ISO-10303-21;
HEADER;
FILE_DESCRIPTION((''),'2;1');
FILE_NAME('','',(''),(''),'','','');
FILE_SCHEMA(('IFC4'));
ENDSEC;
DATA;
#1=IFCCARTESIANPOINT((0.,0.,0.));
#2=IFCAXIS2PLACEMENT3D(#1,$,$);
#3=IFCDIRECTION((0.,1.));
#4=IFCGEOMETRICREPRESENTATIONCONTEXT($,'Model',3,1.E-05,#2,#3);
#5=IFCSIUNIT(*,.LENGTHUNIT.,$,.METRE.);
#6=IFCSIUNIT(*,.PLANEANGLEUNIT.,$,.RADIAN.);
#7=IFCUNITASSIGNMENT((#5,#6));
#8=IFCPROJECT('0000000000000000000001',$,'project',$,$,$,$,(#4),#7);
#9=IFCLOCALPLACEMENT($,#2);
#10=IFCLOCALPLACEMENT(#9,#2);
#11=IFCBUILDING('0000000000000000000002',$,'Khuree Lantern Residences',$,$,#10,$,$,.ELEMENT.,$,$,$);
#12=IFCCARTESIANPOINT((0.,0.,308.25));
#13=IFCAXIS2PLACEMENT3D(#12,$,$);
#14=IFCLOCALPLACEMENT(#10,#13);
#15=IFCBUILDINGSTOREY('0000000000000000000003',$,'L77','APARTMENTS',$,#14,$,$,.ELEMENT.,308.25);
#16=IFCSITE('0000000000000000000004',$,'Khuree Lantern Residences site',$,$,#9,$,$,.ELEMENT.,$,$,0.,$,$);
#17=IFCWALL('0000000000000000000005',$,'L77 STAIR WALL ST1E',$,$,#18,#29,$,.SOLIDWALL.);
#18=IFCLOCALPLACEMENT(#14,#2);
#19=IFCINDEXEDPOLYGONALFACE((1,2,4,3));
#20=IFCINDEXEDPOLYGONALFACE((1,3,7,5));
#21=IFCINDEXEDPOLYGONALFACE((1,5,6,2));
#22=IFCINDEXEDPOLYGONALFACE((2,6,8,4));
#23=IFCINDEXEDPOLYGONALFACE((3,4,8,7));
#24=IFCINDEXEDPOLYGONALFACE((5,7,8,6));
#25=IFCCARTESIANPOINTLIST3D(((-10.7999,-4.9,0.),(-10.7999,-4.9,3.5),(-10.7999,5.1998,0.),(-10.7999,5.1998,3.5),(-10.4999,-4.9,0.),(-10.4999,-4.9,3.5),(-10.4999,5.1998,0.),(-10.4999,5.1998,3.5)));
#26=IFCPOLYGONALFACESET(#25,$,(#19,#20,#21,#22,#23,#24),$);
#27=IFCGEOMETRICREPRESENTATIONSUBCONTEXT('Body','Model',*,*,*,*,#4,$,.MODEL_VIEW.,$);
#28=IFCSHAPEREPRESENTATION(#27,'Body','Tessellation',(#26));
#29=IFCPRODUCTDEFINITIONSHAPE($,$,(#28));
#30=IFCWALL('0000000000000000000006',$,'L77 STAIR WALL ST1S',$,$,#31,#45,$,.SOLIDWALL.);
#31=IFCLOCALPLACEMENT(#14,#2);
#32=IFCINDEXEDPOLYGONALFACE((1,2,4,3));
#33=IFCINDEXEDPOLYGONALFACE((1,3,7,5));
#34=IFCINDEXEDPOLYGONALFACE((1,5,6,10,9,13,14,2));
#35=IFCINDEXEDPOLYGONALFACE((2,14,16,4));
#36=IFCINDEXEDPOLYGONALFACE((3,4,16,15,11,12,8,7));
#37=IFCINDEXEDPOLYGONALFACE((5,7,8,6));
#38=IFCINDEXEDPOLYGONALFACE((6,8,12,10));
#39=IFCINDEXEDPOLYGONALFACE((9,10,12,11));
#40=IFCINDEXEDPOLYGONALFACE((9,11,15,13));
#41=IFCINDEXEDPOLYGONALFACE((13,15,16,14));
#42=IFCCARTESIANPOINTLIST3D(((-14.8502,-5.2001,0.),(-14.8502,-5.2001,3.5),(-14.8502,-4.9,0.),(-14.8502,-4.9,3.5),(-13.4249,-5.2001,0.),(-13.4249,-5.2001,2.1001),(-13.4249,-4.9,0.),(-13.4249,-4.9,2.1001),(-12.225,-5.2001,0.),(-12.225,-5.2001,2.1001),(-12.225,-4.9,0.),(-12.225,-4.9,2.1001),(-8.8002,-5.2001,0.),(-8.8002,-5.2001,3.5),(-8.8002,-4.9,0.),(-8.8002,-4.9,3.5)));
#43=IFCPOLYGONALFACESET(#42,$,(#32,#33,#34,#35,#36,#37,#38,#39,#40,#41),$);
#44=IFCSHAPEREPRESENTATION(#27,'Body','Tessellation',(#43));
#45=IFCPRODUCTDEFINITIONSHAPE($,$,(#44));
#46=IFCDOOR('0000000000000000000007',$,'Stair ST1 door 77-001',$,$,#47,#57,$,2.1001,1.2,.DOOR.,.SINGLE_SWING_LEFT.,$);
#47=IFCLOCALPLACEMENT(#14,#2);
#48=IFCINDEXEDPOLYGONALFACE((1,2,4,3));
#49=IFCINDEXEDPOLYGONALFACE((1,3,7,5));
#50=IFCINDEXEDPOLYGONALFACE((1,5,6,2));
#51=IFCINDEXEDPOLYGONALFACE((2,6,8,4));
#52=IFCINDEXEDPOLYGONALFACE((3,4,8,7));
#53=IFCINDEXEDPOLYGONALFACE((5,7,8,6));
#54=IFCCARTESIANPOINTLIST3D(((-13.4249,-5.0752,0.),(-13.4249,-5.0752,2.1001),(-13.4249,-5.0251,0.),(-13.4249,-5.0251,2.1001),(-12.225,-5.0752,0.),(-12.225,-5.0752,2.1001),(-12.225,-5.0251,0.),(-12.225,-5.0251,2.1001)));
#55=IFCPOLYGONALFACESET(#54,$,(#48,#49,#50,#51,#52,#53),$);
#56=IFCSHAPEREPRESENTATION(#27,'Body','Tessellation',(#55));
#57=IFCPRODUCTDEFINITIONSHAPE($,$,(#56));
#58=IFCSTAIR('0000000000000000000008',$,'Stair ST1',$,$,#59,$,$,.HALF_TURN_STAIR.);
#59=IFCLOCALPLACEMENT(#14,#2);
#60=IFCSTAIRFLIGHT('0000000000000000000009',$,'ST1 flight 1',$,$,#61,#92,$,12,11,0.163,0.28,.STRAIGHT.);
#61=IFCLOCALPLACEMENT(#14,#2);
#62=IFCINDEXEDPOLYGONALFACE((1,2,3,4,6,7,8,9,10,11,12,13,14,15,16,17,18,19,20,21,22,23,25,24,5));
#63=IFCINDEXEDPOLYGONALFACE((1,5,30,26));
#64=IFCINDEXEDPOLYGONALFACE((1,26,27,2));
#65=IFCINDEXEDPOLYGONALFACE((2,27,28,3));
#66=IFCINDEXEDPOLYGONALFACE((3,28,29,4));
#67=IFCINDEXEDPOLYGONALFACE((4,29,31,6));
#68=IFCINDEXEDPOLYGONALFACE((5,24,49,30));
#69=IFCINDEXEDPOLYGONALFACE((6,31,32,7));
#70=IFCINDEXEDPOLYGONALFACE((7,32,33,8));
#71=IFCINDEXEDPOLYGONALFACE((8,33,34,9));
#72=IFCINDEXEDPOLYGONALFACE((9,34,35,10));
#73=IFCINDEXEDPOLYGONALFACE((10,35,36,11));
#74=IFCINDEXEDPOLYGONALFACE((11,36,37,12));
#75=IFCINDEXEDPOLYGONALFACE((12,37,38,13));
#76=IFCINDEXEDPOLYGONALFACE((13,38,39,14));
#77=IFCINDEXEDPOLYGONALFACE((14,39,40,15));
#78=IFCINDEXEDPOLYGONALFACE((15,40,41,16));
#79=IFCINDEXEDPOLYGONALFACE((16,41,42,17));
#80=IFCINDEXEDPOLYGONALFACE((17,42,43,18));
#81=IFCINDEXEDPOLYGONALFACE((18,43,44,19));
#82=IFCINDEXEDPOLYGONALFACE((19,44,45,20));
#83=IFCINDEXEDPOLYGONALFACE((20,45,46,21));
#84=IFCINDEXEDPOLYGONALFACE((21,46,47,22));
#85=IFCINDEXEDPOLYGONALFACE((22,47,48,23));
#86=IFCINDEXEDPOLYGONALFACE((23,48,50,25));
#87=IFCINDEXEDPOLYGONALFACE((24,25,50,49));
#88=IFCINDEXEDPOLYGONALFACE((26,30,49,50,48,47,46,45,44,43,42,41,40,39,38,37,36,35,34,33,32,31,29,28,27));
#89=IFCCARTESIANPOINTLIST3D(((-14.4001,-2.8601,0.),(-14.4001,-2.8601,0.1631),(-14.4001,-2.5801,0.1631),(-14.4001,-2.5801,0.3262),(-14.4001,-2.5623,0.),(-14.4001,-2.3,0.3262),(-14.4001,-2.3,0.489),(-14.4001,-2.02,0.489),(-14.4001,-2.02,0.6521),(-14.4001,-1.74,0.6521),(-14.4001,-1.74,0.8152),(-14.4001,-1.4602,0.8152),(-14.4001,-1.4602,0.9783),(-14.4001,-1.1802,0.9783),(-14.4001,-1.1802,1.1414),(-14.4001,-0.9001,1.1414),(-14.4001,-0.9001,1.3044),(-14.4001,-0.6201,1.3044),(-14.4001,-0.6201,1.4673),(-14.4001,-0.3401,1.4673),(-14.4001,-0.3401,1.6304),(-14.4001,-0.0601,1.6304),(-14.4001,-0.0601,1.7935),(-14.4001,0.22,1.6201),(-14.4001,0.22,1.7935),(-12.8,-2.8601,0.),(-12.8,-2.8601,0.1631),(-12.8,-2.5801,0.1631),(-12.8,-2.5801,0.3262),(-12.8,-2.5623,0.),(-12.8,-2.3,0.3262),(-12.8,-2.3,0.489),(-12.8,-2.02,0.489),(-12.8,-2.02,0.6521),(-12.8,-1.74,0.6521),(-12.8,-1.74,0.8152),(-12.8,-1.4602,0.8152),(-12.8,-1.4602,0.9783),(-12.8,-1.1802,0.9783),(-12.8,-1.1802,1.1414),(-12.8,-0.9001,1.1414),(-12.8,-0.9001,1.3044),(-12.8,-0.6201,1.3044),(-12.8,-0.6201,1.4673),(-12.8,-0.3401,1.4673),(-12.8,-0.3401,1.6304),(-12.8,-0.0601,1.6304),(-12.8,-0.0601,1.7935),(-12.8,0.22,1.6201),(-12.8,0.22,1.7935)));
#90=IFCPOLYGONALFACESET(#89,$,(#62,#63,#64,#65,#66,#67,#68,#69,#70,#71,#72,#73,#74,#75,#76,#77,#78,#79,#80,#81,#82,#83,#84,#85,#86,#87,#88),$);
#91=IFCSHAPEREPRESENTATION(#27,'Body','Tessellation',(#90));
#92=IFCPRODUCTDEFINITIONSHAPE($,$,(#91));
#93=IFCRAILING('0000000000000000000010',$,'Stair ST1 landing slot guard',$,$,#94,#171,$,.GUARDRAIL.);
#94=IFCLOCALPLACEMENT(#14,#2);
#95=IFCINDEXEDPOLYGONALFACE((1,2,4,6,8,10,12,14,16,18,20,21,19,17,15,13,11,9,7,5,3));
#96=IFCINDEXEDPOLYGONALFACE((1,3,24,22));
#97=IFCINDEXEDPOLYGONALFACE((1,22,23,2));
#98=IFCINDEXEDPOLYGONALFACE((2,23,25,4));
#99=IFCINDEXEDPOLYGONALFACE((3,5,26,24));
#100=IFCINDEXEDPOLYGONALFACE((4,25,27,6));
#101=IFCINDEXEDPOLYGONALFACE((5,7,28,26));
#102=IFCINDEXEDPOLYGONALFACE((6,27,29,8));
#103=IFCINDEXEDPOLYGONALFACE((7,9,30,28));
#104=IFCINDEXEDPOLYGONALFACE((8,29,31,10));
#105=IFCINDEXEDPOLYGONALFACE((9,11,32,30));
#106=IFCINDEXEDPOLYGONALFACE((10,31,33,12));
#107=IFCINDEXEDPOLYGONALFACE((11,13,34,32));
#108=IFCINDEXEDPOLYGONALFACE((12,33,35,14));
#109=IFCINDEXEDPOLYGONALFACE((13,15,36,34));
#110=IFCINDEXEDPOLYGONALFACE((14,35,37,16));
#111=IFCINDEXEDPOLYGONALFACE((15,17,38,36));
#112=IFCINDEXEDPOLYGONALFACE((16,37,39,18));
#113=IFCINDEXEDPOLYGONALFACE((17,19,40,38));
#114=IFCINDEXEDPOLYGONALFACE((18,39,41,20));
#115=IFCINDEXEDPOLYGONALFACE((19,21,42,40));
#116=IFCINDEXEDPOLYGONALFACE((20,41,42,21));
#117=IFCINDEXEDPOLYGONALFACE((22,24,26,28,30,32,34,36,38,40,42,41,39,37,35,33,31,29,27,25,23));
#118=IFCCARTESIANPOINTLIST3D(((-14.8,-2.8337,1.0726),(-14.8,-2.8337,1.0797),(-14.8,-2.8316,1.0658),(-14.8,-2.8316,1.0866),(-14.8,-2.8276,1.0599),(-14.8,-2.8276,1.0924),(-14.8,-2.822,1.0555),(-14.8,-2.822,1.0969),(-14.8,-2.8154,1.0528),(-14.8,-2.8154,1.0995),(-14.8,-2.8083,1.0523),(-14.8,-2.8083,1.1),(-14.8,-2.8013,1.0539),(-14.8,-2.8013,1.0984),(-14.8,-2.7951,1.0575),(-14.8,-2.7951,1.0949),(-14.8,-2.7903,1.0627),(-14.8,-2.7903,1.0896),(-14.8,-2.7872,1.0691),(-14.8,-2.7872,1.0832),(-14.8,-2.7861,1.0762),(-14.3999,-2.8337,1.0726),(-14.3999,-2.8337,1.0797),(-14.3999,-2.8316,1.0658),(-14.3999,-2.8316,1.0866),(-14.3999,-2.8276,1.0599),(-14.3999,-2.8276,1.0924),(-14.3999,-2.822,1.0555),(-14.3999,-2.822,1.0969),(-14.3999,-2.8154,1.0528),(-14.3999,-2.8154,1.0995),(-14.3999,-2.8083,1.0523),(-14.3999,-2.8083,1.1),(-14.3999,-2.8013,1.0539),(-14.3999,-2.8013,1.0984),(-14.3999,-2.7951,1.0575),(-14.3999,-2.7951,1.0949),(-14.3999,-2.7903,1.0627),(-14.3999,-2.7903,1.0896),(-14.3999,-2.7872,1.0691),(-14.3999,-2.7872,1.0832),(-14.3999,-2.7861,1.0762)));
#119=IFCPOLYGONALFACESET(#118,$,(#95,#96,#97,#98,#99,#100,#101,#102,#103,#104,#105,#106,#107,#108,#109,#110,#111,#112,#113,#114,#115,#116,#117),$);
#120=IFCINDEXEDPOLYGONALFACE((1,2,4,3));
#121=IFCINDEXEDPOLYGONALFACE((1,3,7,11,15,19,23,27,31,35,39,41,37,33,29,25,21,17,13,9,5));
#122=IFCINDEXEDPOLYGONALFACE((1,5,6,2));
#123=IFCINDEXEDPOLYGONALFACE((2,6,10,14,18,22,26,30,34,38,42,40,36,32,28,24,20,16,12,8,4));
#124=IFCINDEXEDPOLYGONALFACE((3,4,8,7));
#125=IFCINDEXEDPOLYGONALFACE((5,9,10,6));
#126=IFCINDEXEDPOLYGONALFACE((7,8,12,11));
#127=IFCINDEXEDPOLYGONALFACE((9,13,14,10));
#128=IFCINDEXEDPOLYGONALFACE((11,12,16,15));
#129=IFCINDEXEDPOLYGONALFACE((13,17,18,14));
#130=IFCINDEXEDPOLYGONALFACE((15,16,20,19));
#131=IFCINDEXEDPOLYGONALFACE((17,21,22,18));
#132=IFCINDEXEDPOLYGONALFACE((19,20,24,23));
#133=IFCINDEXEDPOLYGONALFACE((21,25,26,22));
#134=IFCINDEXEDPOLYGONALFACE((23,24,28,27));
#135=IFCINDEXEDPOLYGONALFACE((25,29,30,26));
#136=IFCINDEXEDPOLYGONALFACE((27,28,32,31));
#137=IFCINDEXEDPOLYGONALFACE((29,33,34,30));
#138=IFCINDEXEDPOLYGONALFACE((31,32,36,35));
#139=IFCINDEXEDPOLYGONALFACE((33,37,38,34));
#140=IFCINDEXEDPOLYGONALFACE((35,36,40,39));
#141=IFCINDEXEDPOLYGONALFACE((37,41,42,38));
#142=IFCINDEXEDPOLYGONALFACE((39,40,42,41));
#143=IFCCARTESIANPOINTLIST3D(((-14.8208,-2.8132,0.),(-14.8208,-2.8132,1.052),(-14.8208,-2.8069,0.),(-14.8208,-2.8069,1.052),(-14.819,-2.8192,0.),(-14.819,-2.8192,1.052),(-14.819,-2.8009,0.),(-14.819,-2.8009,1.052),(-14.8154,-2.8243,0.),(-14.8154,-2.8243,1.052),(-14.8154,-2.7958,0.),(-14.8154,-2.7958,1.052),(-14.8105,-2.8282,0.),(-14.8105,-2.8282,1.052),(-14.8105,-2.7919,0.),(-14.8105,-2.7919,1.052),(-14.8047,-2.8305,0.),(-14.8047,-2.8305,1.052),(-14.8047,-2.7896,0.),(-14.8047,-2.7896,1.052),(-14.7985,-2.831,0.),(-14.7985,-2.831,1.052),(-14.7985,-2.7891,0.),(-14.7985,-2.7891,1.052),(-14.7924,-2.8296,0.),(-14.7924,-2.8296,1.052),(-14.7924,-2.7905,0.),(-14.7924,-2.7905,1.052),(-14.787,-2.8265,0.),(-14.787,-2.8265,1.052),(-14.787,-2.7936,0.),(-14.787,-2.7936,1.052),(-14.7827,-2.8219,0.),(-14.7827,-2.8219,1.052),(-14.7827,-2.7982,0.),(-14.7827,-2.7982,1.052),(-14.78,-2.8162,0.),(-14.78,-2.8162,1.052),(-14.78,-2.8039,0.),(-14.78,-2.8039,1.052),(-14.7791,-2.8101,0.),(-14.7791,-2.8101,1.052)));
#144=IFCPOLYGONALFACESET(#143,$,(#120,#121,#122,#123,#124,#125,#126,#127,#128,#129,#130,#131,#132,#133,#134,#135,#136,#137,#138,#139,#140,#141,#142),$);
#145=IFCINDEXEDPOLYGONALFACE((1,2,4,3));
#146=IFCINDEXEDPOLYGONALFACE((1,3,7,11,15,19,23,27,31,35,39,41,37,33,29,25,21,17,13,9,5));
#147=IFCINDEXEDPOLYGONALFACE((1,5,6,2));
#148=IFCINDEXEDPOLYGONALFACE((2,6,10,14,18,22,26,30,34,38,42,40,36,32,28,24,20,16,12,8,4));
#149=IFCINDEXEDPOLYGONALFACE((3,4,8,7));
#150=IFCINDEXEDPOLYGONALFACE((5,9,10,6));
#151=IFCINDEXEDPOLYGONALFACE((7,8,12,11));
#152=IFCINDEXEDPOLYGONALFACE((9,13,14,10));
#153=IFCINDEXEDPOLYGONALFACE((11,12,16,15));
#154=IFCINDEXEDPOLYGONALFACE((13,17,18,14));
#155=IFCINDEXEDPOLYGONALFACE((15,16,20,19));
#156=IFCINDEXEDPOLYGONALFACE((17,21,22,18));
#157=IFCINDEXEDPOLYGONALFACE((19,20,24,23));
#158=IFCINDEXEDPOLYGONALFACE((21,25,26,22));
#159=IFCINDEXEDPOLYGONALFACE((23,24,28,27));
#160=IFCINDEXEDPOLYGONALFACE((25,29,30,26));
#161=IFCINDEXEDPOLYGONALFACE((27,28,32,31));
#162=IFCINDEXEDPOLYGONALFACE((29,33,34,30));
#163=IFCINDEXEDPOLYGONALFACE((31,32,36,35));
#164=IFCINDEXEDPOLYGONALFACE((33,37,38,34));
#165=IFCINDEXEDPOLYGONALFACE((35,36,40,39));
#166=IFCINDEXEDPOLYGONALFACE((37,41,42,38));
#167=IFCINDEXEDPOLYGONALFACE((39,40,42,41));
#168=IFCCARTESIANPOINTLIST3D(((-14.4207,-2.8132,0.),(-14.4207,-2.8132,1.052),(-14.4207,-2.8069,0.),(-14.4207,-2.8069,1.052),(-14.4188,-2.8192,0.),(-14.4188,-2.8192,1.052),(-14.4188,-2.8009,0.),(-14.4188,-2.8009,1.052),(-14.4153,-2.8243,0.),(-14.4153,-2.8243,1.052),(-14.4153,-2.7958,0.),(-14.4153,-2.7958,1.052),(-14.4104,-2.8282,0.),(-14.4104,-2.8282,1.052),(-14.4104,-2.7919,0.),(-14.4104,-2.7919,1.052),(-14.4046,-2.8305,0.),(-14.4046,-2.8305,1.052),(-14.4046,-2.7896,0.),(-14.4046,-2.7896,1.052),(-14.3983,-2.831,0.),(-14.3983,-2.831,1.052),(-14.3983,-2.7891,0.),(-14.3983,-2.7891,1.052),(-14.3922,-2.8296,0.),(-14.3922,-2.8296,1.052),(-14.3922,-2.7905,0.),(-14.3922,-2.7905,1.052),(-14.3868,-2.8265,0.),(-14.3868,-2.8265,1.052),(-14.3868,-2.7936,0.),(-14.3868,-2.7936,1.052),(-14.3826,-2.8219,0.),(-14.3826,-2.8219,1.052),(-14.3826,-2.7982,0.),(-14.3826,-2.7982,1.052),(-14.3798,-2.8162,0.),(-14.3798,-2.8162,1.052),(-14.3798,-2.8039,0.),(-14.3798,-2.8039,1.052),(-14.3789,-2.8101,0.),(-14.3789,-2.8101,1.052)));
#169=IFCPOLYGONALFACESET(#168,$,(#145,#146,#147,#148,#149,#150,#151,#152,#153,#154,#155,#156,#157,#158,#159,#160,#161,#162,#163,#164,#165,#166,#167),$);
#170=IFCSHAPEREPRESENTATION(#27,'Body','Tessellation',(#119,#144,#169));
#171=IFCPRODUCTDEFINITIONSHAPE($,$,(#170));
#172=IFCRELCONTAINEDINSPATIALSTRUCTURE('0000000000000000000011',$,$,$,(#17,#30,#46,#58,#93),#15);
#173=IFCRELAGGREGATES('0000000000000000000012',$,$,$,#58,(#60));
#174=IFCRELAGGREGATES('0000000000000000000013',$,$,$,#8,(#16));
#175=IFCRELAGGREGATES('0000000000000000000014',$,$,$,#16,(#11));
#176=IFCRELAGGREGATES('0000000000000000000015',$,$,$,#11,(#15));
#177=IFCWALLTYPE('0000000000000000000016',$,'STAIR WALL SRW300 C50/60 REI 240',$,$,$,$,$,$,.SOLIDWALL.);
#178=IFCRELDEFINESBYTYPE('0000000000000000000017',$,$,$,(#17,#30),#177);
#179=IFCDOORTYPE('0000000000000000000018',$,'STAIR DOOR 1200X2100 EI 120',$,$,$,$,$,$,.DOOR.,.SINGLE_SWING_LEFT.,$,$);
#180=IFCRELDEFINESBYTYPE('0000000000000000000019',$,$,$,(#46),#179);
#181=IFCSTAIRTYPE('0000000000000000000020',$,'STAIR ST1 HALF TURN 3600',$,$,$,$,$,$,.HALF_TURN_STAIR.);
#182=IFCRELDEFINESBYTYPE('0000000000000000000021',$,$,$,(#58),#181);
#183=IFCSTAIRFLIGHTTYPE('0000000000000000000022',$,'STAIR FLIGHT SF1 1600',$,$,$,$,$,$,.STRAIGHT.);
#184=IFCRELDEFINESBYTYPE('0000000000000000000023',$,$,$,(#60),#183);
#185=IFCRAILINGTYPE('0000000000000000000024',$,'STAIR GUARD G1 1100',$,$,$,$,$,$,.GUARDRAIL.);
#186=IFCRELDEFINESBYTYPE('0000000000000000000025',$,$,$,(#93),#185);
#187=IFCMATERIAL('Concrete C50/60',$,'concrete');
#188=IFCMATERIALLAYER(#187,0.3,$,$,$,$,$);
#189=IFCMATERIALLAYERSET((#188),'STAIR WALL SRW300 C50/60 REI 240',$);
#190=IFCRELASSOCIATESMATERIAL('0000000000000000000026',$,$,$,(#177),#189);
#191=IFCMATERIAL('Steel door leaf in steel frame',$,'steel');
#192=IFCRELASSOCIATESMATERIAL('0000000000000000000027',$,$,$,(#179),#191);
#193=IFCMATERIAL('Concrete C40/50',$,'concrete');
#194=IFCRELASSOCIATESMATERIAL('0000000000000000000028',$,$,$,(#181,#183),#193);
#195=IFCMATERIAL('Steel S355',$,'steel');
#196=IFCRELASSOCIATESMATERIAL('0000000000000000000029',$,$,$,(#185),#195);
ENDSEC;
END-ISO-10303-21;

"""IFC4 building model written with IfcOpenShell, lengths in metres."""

from ifc_helpers import new_model, si_unit, direction, frame, frame_2d, origin, origin_2d, place, context, subcontext, project, spatial, polyline, rectangle, circle, outline, extrude, material, layer, layer_set, type_object, element, fill, aggregate, save


model = new_model("IFC4")

# Units and contexts
model_context = context("Model", 3, precision=1e-05, world=origin(), true_north=direction((0.0, 1.0)))
body_context = subcontext(model_context, "Body", "Model", "MODEL_VIEW")
ifc_project = project(units=[si_unit("LENGTHUNIT", "METRE"), si_unit("PLANEANGLEUNIT", "RADIAN")], contexts=[model_context])

# Site, building, storey
site_placement = place(None, origin())
site = spatial("IfcSite", under=ifc_project, at=site_placement, Name="Khuree Lantern Residences site", CompositionType="ELEMENT", RefElevation=0.0)
building_placement = place(site_placement, origin())
building = spatial("IfcBuilding", under=site, at=building_placement, Name="Khuree Lantern Residences", CompositionType="ELEMENT")
storey_placement = place(building_placement, frame((0.0, 0.0, 308.25)))
storey = spatial("IfcBuildingStorey", under=building, at=storey_placement, Name="L77", Description="APARTMENTS", CompositionType="ELEMENT", Elevation=308.25)

# Shared definitions
ifc_material_1 = material(Name="Steel door leaf in steel frame", Category="steel")

# Wall
ifc_material_2 = material(Name="Concrete C50/60", Category="concrete")
ifc_layer_1 = layer(ifc_material_2, 0.3)
ifc_layer_set_1 = layer_set([ifc_layer_1], Name="STAIR WALL SRW300 C50/60 REI 240")
wall_type_1 = type_object("IfcWallType", Name="STAIR WALL SRW300 C50/60 REI 240", PredefinedType="SOLIDWALL", material=ifc_layer_set_1)
wall_1_placement = place(storey_placement, frame((-10.6499, -4.8999, 0.0), z_axis=(0.0, 0.0, 1.0), x_axis=(0.0, 1.0, 0.0)))
element("IfcWall", 1, at=wall_1_placement, inside=storey, type_object=wall_type_1, Name="L77 STAIR WALL ST1E", PredefinedType="SOLIDWALL", context=body_context, shape_type="SweptSolid", body=[
    extrude(rectangle(XDim=10.0999, YDim=0.3, at=frame_2d((5.0498, 0.0))), origin(), (0.0, 0.0, 1.0), 3.5),
])

# Wall, opening, door
wall_2_placement = place(storey_placement, frame((-14.8501, -5.05, 0.0), z_axis=(0.0, 0.0, 1.0), x_axis=(1.0, 0.0, 0.0)))
wall_2 = element("IfcWall", 2, at=wall_2_placement, inside=storey, type_object=wall_type_1, Name="L77 STAIR WALL ST1S", PredefinedType="SOLIDWALL", context=body_context, shape_type="SweptSolid", body=[
    extrude(rectangle(XDim=6.05, YDim=0.3, at=frame_2d((3.0249, 0.0))), origin(), (0.0, 0.0, 1.0), 3.5),
])
opening_1_placement = place(wall_2_placement, frame((1.425, 0.0, 0.0)))
opening_1 = element("IfcOpeningElement", 3, at=opening_1_placement, cuts=wall_2, PredefinedType="OPENING", context=body_context, shape_type="SweptSolid", body=[
    extrude(rectangle(XDim=1.2, YDim=2.1001, at=frame_2d((0.6001, 1.05))), frame((0.0, 0.1602, 0.0), z_axis=(0.0, -1.0, 0.0), x_axis=(1.0, 0.0, 0.0)), (0.0, 0.0, 1.0), 0.3201),
])
door_type_1 = type_object("IfcDoorType", Name="STAIR DOOR 1200X2100 EI 120", OperationType="SINGLE_SWING_LEFT", PredefinedType="DOOR", material=ifc_material_1)
door_1_placement = place(opening_1_placement, origin())
door_1 = element("IfcDoor", 4, at=door_1_placement, inside=storey, type_object=door_type_1, Name="Stair ST1 door 77-001", OperationType="SINGLE_SWING_LEFT", OverallHeight=2.1001, OverallWidth=1.2, PredefinedType="DOOR", context=body_context, shape_type="SweptSolid", body=[
    extrude(rectangle(XDim=1.2, YDim=2.1001, at=frame_2d((0.6001, 1.05))), frame((0.0, 0.0249, 0.0), z_axis=(0.0, -1.0, 0.0), x_axis=(1.0, 0.0, 0.0)), (0.0, 0.0, 1.0), 0.05),
])
fill(opening_1, door_1)

# Stair, stair flight
ifc_material_3 = material(Name="Concrete C40/50", Category="concrete")
stair_type = type_object("IfcStairType", Name="STAIR ST1 HALF TURN 3600", PredefinedType="HALF_TURN_STAIR", material=ifc_material_3)
stair_placement = place(storey_placement, origin())
stair = element("IfcStair", 5, at=stair_placement, inside=storey, type_object=stair_type, Name="Stair ST1", PredefinedType="HALF_TURN_STAIR")
stair_flight_type = type_object("IfcStairFlightType", Name="STAIR FLIGHT SF1 1600", PredefinedType="STRAIGHT", material=ifc_material_3)
stair_flight_placement = place(storey_placement, frame((-13.6001, -2.8601, 0.0), z_axis=(0.0, 0.0, 1.0), x_axis=(0.0, 1.0, 0.0)))
stair_flight = element("IfcStairFlight", 6, at=stair_flight_placement, type_object=stair_flight_type, Name="ST1 flight 1", NumberOfRisers=12, NumberOfTreads=11, PredefinedType="STRAIGHT", RiserHeight=0.163, TreadLength=0.28, context=body_context, shape_type="SweptSolid", body=[
    extrude(outline(polyline([(0.0, 0.0), (0.0, 0.1631), (0.28, 0.1631), (0.28, 0.3262), (0.5601, 0.3262), (0.5601, 0.489), (0.8401, 0.489), (0.8401, 0.6521), (1.1201, 0.6521), (1.1201, 0.8152), (1.3999, 0.8152), (1.3999, 0.9783), (1.6799, 0.9783), (1.6799, 1.1414), (1.96, 1.1414), (1.96, 1.3044), (2.24, 1.3044), (2.24, 1.4673), (2.52, 1.4673), (2.52, 1.6304), (2.8, 1.6304), (2.8, 1.7935), (3.0801, 1.7935), (3.0801, 1.9565), (3.0801, 1.6201), (0.2979, 0.0), (0.0, 0.0)])), frame((0.0, 0.8, 0.0), z_axis=(0.0, -1.0, 0.0), x_axis=(1.0, 0.0, 0.0)), (0.0, 0.0, 1.0), 1.6001),
])
aggregate(stair, [stair_flight])

# Railing
ifc_material_4 = material(Name="Steel S355", Category="steel")
railing_type_1 = type_object("IfcRailingType", Name="STAIR GUARD G1 1100", PredefinedType="GUARDRAIL", material=ifc_material_4)
railing_1_placement = place(storey_placement, frame((-14.8, -2.8101, 0.0)))
element("IfcRailing", 7, at=railing_1_placement, inside=storey, type_object=railing_type_1, Name="Stair ST1 landing slot guard", PredefinedType="GUARDRAIL", context=body_context, shape_type="SweptSolid", body=[
    extrude(circle(Radius=0.0239, at=origin_2d()), frame((0.0, 0.0, 1.0762), z_axis=(1.0, 0.0, 0.0), x_axis=(0.0, 1.0, 0.0)), (0.0, 0.0, 1.0), 0.4001),
    extrude(circle(Radius=0.021, at=origin_2d()), origin(), (0.0, 0.0, 1.0), 1.052),
    extrude(circle(Radius=0.021, at=origin_2d()), frame((0.4001, 0.0, 0.0)), (0.0, 0.0, 1.0), 1.052),
])

save(model, "model.ifc")
